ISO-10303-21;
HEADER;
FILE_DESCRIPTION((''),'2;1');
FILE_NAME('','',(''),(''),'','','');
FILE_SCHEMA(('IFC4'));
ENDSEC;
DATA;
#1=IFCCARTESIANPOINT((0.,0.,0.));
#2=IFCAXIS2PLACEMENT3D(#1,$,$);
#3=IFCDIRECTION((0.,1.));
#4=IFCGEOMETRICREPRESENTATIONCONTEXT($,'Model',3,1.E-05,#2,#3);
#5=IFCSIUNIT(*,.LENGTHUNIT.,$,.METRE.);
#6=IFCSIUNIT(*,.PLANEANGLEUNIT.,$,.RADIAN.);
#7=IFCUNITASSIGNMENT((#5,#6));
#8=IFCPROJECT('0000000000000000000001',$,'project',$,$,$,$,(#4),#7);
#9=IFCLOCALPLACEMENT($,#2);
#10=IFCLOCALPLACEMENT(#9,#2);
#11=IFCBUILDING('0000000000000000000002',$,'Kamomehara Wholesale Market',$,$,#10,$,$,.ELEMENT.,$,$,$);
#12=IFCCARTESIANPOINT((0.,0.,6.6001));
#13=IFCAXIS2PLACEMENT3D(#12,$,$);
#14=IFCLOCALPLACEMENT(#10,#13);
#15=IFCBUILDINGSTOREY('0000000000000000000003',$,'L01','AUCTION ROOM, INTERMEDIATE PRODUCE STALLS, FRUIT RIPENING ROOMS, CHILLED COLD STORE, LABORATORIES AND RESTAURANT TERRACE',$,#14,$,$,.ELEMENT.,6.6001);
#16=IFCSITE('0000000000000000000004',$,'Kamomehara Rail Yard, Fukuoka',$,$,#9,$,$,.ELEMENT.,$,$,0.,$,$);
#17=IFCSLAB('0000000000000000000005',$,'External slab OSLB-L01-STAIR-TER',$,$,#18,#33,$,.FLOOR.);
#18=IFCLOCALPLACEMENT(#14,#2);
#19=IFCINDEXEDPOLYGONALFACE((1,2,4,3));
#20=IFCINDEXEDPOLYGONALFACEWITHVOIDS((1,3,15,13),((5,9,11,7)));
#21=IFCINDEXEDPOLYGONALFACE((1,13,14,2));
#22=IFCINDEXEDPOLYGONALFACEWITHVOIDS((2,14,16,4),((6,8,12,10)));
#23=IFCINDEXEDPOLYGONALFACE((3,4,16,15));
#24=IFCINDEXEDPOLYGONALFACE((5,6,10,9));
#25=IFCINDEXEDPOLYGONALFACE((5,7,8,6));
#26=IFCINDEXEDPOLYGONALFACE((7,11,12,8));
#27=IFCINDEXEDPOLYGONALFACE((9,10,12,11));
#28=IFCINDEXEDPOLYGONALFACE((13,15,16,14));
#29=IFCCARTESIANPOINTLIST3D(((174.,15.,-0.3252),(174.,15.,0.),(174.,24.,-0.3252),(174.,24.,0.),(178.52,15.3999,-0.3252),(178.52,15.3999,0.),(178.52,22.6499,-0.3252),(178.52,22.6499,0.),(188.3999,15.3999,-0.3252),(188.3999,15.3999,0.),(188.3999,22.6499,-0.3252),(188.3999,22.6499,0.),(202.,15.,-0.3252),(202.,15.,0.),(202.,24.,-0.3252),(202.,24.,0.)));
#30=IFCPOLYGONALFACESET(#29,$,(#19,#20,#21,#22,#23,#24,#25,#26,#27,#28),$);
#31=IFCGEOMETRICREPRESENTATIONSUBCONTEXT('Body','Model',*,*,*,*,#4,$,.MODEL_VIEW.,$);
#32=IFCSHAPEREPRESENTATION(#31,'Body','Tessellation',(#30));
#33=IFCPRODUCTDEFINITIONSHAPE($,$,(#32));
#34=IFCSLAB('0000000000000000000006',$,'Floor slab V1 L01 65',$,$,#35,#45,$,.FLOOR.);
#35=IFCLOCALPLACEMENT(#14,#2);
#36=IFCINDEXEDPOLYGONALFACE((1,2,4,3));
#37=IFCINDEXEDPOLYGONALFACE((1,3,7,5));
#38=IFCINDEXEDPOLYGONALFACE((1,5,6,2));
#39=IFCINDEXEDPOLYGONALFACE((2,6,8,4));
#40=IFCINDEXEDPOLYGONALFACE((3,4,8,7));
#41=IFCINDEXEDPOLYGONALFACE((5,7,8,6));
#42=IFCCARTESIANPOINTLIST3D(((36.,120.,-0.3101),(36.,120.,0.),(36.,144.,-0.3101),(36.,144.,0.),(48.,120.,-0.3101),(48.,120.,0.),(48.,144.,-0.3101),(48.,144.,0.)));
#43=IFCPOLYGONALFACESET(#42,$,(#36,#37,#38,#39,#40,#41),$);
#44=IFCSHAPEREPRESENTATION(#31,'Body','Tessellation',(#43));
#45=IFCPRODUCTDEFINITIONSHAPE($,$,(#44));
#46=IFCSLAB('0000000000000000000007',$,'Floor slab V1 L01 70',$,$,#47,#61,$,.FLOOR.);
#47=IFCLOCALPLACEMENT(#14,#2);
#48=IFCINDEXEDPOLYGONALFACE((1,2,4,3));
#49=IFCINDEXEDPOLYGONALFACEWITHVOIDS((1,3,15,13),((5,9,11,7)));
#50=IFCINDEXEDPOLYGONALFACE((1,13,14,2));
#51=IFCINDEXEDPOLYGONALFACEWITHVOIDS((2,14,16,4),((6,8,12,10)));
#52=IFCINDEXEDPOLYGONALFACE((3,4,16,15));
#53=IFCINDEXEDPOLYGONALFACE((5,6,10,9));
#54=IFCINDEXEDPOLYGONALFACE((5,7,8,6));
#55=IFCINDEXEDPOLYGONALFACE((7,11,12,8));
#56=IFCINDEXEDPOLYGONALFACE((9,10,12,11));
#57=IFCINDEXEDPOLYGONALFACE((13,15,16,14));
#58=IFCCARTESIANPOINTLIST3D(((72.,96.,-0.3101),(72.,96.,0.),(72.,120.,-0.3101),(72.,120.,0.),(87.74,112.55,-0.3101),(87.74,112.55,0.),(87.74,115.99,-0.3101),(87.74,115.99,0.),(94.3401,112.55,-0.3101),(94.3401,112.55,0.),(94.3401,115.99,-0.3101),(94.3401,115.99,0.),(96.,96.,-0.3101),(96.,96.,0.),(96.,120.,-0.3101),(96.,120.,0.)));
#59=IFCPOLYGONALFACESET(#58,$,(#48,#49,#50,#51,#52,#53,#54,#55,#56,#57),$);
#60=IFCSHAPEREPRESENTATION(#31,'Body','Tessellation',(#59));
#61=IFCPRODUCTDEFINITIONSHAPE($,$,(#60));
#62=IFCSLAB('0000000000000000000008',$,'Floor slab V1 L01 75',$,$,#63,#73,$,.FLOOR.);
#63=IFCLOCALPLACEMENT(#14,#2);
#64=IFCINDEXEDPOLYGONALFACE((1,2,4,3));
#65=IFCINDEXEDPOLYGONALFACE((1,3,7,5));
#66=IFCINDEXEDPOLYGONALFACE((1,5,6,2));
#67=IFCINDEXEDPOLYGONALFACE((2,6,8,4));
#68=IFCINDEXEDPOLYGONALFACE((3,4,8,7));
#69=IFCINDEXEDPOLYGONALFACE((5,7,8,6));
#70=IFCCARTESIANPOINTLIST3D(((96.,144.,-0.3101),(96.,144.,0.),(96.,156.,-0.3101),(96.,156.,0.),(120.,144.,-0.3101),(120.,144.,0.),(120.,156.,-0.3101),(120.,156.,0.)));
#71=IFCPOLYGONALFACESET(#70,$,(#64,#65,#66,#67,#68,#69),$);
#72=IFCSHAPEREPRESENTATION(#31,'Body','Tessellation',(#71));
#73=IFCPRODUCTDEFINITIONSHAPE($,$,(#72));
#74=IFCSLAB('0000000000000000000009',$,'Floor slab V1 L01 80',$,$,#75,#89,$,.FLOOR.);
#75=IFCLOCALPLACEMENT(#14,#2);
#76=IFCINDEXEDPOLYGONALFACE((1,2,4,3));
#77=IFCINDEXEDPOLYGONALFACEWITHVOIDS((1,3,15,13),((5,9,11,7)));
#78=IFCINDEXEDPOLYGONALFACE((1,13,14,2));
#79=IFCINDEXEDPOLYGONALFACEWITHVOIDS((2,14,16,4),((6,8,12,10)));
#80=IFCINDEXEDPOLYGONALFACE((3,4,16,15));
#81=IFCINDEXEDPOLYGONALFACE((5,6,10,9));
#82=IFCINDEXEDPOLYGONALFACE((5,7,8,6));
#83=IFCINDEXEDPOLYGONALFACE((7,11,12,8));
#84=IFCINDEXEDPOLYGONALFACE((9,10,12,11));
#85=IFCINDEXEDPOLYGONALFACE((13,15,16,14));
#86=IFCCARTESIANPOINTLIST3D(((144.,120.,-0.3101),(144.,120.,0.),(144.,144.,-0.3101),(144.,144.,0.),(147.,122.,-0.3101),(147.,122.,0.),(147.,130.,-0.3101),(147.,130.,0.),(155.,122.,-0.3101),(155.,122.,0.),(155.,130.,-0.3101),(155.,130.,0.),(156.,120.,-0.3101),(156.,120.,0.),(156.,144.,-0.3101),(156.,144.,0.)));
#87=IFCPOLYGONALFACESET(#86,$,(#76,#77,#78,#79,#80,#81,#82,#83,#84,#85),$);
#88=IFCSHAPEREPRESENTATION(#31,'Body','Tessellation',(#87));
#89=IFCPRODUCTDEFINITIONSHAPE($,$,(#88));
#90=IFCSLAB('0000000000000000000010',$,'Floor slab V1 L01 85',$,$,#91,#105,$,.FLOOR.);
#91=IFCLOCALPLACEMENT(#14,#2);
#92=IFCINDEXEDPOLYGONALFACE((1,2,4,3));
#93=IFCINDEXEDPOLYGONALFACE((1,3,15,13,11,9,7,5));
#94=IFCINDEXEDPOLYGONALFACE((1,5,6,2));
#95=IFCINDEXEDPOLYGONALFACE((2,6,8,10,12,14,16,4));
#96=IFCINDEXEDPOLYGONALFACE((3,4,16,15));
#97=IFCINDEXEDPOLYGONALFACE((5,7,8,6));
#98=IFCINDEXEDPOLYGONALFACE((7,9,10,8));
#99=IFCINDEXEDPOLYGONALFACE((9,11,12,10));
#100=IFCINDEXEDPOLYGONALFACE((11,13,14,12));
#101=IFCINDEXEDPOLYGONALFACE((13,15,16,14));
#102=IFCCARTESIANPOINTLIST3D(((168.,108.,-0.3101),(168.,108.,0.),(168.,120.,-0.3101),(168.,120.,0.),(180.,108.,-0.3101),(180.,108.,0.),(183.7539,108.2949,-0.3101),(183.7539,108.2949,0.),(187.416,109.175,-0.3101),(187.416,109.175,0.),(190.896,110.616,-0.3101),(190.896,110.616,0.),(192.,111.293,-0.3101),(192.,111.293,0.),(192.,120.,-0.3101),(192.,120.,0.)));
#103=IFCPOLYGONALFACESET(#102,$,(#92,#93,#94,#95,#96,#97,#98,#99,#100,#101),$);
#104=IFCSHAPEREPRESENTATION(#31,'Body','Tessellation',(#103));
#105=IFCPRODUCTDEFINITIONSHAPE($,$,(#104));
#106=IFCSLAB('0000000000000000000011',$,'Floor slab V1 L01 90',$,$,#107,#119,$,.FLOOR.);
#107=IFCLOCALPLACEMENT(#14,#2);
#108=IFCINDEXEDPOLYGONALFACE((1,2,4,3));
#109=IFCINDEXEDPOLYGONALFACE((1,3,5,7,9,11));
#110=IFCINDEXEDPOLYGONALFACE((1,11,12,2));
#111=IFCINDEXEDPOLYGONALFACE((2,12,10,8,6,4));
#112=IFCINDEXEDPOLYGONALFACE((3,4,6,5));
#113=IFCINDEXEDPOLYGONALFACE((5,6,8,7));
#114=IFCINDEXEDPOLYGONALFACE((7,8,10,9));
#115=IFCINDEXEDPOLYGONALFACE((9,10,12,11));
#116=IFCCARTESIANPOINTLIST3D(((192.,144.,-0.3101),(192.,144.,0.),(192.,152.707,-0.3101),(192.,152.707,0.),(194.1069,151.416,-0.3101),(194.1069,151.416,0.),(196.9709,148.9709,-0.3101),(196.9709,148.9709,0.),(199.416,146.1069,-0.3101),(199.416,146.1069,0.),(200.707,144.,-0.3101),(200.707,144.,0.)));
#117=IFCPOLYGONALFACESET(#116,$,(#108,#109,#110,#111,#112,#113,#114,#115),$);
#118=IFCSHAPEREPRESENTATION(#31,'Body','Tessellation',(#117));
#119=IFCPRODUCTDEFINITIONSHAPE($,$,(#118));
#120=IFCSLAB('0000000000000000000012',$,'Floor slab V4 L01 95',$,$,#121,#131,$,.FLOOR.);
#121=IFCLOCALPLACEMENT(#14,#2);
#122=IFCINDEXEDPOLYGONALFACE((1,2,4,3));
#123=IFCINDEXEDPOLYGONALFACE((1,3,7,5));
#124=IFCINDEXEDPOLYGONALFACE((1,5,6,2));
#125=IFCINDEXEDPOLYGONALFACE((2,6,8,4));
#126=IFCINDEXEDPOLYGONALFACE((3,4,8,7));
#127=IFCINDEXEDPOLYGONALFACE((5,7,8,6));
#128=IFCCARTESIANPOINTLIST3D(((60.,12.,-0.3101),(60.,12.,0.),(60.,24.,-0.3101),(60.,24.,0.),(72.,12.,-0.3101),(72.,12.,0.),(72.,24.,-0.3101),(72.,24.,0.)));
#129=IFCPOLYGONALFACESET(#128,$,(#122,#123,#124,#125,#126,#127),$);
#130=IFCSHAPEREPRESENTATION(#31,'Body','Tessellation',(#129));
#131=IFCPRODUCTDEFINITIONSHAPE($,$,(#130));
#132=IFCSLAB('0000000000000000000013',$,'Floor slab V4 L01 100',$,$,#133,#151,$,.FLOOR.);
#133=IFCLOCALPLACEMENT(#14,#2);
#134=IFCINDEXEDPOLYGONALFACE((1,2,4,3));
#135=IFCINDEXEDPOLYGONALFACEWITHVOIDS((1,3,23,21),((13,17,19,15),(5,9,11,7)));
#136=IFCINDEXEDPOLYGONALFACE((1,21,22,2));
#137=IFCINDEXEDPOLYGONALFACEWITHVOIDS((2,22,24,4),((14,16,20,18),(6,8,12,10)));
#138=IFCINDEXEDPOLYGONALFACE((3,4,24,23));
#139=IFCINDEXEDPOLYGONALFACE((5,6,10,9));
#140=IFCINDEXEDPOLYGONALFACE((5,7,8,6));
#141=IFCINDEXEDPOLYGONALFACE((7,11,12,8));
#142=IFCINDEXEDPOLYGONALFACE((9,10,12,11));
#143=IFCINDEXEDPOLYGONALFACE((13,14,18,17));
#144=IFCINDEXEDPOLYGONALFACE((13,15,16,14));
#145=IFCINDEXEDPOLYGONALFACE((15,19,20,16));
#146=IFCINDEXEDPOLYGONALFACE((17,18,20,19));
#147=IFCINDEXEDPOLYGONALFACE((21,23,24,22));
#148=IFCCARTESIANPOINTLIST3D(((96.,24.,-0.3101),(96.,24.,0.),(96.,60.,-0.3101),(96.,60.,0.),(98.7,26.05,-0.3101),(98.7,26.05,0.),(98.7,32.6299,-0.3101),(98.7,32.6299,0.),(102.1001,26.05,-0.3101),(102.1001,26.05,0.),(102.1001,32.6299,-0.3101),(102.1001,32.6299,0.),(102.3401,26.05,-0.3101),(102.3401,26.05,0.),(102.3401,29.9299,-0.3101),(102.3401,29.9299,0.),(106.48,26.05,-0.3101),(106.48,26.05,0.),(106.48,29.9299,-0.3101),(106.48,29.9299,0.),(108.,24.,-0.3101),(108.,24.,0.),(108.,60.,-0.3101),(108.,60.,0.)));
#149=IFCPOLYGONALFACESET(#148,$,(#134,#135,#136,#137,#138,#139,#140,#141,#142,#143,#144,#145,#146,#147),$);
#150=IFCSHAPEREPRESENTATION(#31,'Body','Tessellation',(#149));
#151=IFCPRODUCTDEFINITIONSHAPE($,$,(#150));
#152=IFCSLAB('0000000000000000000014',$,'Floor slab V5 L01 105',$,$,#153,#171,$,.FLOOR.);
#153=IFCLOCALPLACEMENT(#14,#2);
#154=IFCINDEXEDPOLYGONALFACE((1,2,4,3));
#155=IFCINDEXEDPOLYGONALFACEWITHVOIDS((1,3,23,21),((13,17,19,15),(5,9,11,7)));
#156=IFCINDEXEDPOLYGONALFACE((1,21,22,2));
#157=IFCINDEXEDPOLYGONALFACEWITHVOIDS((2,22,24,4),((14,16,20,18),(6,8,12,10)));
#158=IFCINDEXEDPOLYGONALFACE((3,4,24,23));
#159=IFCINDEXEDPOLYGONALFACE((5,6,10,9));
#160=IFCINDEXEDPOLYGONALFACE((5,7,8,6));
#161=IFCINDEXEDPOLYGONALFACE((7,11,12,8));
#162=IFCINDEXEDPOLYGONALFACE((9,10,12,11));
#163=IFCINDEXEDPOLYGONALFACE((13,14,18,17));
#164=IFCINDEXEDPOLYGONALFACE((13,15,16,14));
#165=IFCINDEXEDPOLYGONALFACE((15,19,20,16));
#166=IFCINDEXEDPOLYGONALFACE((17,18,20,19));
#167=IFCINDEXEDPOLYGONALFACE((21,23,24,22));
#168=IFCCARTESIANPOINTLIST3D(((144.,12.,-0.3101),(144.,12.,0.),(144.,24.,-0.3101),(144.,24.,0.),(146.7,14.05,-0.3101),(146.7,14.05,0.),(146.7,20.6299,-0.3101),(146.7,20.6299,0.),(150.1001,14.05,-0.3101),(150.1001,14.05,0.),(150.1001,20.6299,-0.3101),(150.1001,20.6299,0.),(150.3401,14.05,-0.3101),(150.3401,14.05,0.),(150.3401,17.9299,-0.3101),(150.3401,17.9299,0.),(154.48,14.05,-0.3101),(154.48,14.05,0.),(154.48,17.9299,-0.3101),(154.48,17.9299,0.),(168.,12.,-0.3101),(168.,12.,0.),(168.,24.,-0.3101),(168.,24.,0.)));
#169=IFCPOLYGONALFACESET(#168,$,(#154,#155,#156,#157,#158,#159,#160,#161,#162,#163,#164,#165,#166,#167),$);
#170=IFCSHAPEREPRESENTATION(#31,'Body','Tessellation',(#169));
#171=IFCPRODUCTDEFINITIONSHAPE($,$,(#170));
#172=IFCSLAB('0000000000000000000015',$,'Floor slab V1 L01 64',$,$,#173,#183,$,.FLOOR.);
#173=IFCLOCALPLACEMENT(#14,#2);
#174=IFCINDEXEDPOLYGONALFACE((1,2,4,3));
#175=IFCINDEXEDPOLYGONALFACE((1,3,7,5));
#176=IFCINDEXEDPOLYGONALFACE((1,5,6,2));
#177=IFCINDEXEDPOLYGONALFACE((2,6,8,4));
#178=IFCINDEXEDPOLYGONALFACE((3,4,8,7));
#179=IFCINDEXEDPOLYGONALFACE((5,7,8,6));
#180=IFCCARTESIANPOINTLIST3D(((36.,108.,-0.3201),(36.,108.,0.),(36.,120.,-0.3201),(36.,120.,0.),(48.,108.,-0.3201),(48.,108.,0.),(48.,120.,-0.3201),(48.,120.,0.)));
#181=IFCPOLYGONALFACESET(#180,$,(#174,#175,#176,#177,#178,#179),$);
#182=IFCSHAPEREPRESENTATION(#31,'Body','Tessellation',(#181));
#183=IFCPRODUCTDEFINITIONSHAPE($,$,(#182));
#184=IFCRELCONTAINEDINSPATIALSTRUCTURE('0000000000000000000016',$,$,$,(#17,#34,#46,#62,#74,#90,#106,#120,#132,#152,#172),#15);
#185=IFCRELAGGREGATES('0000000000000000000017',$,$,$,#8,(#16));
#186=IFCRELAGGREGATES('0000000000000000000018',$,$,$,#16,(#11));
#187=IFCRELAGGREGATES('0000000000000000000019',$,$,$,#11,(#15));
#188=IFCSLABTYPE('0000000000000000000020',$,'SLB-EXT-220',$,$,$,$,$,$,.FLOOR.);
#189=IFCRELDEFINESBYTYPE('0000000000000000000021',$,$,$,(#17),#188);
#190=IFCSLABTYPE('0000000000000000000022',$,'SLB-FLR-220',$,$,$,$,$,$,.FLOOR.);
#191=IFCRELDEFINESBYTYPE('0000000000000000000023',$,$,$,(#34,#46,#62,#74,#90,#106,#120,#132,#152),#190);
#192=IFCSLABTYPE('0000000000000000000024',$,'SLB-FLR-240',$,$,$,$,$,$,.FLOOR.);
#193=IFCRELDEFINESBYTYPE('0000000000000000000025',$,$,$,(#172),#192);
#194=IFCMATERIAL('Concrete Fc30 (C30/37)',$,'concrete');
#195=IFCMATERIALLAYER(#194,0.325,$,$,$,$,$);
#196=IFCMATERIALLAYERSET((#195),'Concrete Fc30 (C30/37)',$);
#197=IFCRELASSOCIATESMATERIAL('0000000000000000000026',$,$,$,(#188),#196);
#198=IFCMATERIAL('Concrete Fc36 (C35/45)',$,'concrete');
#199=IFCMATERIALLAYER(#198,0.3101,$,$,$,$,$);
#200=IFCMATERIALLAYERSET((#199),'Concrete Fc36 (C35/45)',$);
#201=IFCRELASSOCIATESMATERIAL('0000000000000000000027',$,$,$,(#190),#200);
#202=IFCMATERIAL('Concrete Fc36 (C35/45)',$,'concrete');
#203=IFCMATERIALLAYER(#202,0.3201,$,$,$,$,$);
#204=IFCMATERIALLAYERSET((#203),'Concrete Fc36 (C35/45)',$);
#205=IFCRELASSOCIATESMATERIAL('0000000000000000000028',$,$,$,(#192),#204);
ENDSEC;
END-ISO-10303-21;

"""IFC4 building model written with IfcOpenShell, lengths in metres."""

from ifc_helpers import new_model, si_unit, direction, frame, origin, place, context, subcontext, project, spatial, polyline, outline, extrude, material, layer, layer_set, type_object, element, save


model = new_model("IFC4")

# Units and contexts
model_context = context("Model", 3, precision=1e-05, world=origin(), true_north=direction((0.0, 1.0)))
body_context = subcontext(model_context, "Body", "Model", "MODEL_VIEW")
ifc_project = project(units=[si_unit("LENGTHUNIT", "METRE"), si_unit("PLANEANGLEUNIT", "RADIAN")], contexts=[model_context])

# Site, building, storey
site_placement = place(None, origin())
site = spatial("IfcSite", under=ifc_project, at=site_placement, Name="Kamomehara Rail Yard, Fukuoka", CompositionType="ELEMENT", RefElevation=0.0)
building_placement = place(site_placement, origin())
building = spatial("IfcBuilding", under=site, at=building_placement, Name="Kamomehara Wholesale Market", CompositionType="ELEMENT")
storey_placement = place(building_placement, frame((0.0, 0.0, 6.6001)))
storey = spatial("IfcBuildingStorey", under=building, at=storey_placement, Name="L01", Description="AUCTION ROOM, INTERMEDIATE PRODUCE STALLS, FRUIT RIPENING ROOMS, CHILLED COLD STORE, LABORATORIES AND RESTAURANT TERRACE", CompositionType="ELEMENT", Elevation=6.6001)

# Slabs
ifc_material_1 = material(Name="Concrete Fc30 (C30/37)", Category="concrete")
ifc_layer_1 = layer(ifc_material_1, 0.325)
ifc_layer_set_1 = layer_set([ifc_layer_1], Name="Concrete Fc30 (C30/37)")
slab_type_1 = type_object("IfcSlabType", Name="SLB-EXT-220", PredefinedType="FLOOR", material=ifc_layer_set_1)
slab_1_placement = place(storey_placement, frame((0.0, 0.0, -0.3252)))
element("IfcSlab", 1, at=slab_1_placement, inside=storey, type_object=slab_type_1, Name="External slab OSLB-L01-STAIR-TER", PredefinedType="FLOOR", context=body_context, shape_type="SweptSolid", body=[
    extrude(outline(polyline([(174.0, 15.0), (202.0, 15.0), (202.0, 24.0), (174.0, 24.0), (174.0, 15.0)]), holes=[polyline([(178.52, 15.3999), (188.3999, 15.3999), (188.3999, 22.6499), (178.52, 22.6499), (178.52, 15.3999)])]), origin(), (0.0, 0.0, 1.0), 0.3252),
])
ifc_material_2 = material(Name="Concrete Fc36 (C35/45)", Category="concrete")
ifc_layer_2 = layer(ifc_material_2, 0.3101)
ifc_layer_set_2 = layer_set([ifc_layer_2], Name="Concrete Fc36 (C35/45)")
slab_type_2 = type_object("IfcSlabType", Name="SLB-FLR-220", PredefinedType="FLOOR", material=ifc_layer_set_2)
slab_2_placement = place(storey_placement, frame((0.0, 0.0, -0.3101)))
element("IfcSlab", 2, at=slab_2_placement, inside=storey, type_object=slab_type_2, Name="Floor slab V1 L01 65", PredefinedType="FLOOR", context=body_context, shape_type="SweptSolid", body=[
    extrude(outline(polyline([(48.0, 144.0), (48.0, 120.0), (36.0, 120.0), (36.0, 144.0), (48.0, 144.0)])), origin(), (0.0, 0.0, 1.0), 0.3101),
])
slab_3_placement = place(storey_placement, frame((0.0, 0.0, -0.3101)))
element("IfcSlab", 3, at=slab_3_placement, inside=storey, type_object=slab_type_2, Name="Floor slab V1 L01 70", PredefinedType="FLOOR", context=body_context, shape_type="SweptSolid", body=[
    extrude(outline(polyline([(96.0, 120.0), (96.0, 96.0), (72.0, 96.0), (72.0, 120.0), (96.0, 120.0)]), holes=[polyline([(94.3401, 112.55), (94.3401, 115.99), (87.74, 115.99), (87.74, 112.55), (94.3401, 112.55)])]), origin(), (0.0, 0.0, 1.0), 0.3101),
])
slab_4_placement = place(storey_placement, frame((0.0, 0.0, -0.3101)))
element("IfcSlab", 4, at=slab_4_placement, inside=storey, type_object=slab_type_2, Name="Floor slab V1 L01 75", PredefinedType="FLOOR", context=body_context, shape_type="SweptSolid", body=[
    extrude(outline(polyline([(120.0, 144.0), (96.0, 144.0), (96.0, 156.0), (120.0, 156.0), (120.0, 144.0)])), origin(), (0.0, 0.0, 1.0), 0.3101),
])
slab_5_placement = place(storey_placement, frame((0.0, 0.0, -0.3101)))
element("IfcSlab", 5, at=slab_5_placement, inside=storey, type_object=slab_type_2, Name="Floor slab V1 L01 80", PredefinedType="FLOOR", context=body_context, shape_type="SweptSolid", body=[
    extrude(outline(polyline([(156.0, 120.0), (144.0, 120.0), (144.0, 144.0), (156.0, 144.0), (156.0, 120.0)]), holes=[polyline([(155.0, 122.0), (155.0, 130.0), (147.0, 130.0), (147.0, 122.0), (155.0, 122.0)])]), origin(), (0.0, 0.0, 1.0), 0.3101),
])
slab_6_placement = place(storey_placement, frame((0.0, 0.0, -0.3101)))
element("IfcSlab", 6, at=slab_6_placement, inside=storey, type_object=slab_type_2, Name="Floor slab V1 L01 85", PredefinedType="FLOOR", context=body_context, shape_type="SweptSolid", body=[
    extrude(outline(polyline([(168.0, 120.0), (192.0, 120.0), (192.0, 111.293), (190.896, 110.616), (187.416, 109.175), (183.7539, 108.2949), (180.0, 108.0), (168.0, 108.0), (168.0, 120.0)])), origin(), (0.0, 0.0, 1.0), 0.3101),
])
slab_7_placement = place(storey_placement, frame((0.0, 0.0, -0.3101)))
element("IfcSlab", 7, at=slab_7_placement, inside=storey, type_object=slab_type_2, Name="Floor slab V1 L01 90", PredefinedType="FLOOR", context=body_context, shape_type="SweptSolid", body=[
    extrude(outline(polyline([(192.0, 144.0), (192.0, 152.707), (194.1069, 151.416), (196.9709, 148.9709), (199.416, 146.1069), (200.707, 144.0), (192.0, 144.0)])), origin(), (0.0, 0.0, 1.0), 0.3101),
])
slab_8_placement = place(storey_placement, frame((0.0, 0.0, -0.3101)))
element("IfcSlab", 8, at=slab_8_placement, inside=storey, type_object=slab_type_2, Name="Floor slab V4 L01 95", PredefinedType="FLOOR", context=body_context, shape_type="SweptSolid", body=[
    extrude(outline(polyline([(72.0, 24.0), (72.0, 12.0), (60.0, 12.0), (60.0, 24.0), (72.0, 24.0)])), origin(), (0.0, 0.0, 1.0), 0.3101),
])
slab_9_placement = place(storey_placement, frame((0.0, 0.0, -0.3101)))
element("IfcSlab", 9, at=slab_9_placement, inside=storey, type_object=slab_type_2, Name="Floor slab V4 L01 100", PredefinedType="FLOOR", context=body_context, shape_type="SweptSolid", body=[
    extrude(outline(polyline([(108.0, 24.0), (96.0, 24.0), (96.0, 60.0), (108.0, 60.0), (108.0, 24.0)]), holes=[polyline([(102.1001, 26.05), (102.1001, 32.6299), (98.7, 32.6299), (98.7, 26.05), (102.1001, 26.05)]), polyline([(106.48, 26.05), (106.48, 29.9299), (102.3401, 29.9299), (102.3401, 26.05), (106.48, 26.05)])]), origin(), (0.0, 0.0, 1.0), 0.3101),
])
slab_10_placement = place(storey_placement, frame((0.0, 0.0, -0.3101)))
element("IfcSlab", 10, at=slab_10_placement, inside=storey, type_object=slab_type_2, Name="Floor slab V5 L01 105", PredefinedType="FLOOR", context=body_context, shape_type="SweptSolid", body=[
    extrude(outline(polyline([(168.0, 12.0), (144.0, 12.0), (144.0, 24.0), (168.0, 24.0), (168.0, 12.0)]), holes=[polyline([(150.1001, 14.05), (150.1001, 20.6299), (146.7, 20.6299), (146.7, 14.05), (150.1001, 14.05)]), polyline([(154.48, 14.05), (154.48, 17.9299), (150.3401, 17.9299), (150.3401, 14.05), (154.48, 14.05)])]), origin(), (0.0, 0.0, 1.0), 0.3101),
])
ifc_material_3 = material(Name="Concrete Fc36 (C35/45)", Category="concrete")
ifc_layer_3 = layer(ifc_material_3, 0.3201)
ifc_layer_set_3 = layer_set([ifc_layer_3], Name="Concrete Fc36 (C35/45)")
slab_type_3 = type_object("IfcSlabType", Name="SLB-FLR-240", PredefinedType="FLOOR", material=ifc_layer_set_3)
slab_11_placement = place(storey_placement, frame((0.0, 0.0, -0.3201)))
element("IfcSlab", 11, at=slab_11_placement, inside=storey, type_object=slab_type_3, Name="Floor slab V1 L01 64", PredefinedType="FLOOR", context=body_context, shape_type="SweptSolid", body=[
    extrude(outline(polyline([(48.0, 120.0), (48.0, 108.0), (36.0, 108.0), (36.0, 120.0), (48.0, 120.0)])), origin(), (0.0, 0.0, 1.0), 0.3201),
])

save(model, "model.ifc")
